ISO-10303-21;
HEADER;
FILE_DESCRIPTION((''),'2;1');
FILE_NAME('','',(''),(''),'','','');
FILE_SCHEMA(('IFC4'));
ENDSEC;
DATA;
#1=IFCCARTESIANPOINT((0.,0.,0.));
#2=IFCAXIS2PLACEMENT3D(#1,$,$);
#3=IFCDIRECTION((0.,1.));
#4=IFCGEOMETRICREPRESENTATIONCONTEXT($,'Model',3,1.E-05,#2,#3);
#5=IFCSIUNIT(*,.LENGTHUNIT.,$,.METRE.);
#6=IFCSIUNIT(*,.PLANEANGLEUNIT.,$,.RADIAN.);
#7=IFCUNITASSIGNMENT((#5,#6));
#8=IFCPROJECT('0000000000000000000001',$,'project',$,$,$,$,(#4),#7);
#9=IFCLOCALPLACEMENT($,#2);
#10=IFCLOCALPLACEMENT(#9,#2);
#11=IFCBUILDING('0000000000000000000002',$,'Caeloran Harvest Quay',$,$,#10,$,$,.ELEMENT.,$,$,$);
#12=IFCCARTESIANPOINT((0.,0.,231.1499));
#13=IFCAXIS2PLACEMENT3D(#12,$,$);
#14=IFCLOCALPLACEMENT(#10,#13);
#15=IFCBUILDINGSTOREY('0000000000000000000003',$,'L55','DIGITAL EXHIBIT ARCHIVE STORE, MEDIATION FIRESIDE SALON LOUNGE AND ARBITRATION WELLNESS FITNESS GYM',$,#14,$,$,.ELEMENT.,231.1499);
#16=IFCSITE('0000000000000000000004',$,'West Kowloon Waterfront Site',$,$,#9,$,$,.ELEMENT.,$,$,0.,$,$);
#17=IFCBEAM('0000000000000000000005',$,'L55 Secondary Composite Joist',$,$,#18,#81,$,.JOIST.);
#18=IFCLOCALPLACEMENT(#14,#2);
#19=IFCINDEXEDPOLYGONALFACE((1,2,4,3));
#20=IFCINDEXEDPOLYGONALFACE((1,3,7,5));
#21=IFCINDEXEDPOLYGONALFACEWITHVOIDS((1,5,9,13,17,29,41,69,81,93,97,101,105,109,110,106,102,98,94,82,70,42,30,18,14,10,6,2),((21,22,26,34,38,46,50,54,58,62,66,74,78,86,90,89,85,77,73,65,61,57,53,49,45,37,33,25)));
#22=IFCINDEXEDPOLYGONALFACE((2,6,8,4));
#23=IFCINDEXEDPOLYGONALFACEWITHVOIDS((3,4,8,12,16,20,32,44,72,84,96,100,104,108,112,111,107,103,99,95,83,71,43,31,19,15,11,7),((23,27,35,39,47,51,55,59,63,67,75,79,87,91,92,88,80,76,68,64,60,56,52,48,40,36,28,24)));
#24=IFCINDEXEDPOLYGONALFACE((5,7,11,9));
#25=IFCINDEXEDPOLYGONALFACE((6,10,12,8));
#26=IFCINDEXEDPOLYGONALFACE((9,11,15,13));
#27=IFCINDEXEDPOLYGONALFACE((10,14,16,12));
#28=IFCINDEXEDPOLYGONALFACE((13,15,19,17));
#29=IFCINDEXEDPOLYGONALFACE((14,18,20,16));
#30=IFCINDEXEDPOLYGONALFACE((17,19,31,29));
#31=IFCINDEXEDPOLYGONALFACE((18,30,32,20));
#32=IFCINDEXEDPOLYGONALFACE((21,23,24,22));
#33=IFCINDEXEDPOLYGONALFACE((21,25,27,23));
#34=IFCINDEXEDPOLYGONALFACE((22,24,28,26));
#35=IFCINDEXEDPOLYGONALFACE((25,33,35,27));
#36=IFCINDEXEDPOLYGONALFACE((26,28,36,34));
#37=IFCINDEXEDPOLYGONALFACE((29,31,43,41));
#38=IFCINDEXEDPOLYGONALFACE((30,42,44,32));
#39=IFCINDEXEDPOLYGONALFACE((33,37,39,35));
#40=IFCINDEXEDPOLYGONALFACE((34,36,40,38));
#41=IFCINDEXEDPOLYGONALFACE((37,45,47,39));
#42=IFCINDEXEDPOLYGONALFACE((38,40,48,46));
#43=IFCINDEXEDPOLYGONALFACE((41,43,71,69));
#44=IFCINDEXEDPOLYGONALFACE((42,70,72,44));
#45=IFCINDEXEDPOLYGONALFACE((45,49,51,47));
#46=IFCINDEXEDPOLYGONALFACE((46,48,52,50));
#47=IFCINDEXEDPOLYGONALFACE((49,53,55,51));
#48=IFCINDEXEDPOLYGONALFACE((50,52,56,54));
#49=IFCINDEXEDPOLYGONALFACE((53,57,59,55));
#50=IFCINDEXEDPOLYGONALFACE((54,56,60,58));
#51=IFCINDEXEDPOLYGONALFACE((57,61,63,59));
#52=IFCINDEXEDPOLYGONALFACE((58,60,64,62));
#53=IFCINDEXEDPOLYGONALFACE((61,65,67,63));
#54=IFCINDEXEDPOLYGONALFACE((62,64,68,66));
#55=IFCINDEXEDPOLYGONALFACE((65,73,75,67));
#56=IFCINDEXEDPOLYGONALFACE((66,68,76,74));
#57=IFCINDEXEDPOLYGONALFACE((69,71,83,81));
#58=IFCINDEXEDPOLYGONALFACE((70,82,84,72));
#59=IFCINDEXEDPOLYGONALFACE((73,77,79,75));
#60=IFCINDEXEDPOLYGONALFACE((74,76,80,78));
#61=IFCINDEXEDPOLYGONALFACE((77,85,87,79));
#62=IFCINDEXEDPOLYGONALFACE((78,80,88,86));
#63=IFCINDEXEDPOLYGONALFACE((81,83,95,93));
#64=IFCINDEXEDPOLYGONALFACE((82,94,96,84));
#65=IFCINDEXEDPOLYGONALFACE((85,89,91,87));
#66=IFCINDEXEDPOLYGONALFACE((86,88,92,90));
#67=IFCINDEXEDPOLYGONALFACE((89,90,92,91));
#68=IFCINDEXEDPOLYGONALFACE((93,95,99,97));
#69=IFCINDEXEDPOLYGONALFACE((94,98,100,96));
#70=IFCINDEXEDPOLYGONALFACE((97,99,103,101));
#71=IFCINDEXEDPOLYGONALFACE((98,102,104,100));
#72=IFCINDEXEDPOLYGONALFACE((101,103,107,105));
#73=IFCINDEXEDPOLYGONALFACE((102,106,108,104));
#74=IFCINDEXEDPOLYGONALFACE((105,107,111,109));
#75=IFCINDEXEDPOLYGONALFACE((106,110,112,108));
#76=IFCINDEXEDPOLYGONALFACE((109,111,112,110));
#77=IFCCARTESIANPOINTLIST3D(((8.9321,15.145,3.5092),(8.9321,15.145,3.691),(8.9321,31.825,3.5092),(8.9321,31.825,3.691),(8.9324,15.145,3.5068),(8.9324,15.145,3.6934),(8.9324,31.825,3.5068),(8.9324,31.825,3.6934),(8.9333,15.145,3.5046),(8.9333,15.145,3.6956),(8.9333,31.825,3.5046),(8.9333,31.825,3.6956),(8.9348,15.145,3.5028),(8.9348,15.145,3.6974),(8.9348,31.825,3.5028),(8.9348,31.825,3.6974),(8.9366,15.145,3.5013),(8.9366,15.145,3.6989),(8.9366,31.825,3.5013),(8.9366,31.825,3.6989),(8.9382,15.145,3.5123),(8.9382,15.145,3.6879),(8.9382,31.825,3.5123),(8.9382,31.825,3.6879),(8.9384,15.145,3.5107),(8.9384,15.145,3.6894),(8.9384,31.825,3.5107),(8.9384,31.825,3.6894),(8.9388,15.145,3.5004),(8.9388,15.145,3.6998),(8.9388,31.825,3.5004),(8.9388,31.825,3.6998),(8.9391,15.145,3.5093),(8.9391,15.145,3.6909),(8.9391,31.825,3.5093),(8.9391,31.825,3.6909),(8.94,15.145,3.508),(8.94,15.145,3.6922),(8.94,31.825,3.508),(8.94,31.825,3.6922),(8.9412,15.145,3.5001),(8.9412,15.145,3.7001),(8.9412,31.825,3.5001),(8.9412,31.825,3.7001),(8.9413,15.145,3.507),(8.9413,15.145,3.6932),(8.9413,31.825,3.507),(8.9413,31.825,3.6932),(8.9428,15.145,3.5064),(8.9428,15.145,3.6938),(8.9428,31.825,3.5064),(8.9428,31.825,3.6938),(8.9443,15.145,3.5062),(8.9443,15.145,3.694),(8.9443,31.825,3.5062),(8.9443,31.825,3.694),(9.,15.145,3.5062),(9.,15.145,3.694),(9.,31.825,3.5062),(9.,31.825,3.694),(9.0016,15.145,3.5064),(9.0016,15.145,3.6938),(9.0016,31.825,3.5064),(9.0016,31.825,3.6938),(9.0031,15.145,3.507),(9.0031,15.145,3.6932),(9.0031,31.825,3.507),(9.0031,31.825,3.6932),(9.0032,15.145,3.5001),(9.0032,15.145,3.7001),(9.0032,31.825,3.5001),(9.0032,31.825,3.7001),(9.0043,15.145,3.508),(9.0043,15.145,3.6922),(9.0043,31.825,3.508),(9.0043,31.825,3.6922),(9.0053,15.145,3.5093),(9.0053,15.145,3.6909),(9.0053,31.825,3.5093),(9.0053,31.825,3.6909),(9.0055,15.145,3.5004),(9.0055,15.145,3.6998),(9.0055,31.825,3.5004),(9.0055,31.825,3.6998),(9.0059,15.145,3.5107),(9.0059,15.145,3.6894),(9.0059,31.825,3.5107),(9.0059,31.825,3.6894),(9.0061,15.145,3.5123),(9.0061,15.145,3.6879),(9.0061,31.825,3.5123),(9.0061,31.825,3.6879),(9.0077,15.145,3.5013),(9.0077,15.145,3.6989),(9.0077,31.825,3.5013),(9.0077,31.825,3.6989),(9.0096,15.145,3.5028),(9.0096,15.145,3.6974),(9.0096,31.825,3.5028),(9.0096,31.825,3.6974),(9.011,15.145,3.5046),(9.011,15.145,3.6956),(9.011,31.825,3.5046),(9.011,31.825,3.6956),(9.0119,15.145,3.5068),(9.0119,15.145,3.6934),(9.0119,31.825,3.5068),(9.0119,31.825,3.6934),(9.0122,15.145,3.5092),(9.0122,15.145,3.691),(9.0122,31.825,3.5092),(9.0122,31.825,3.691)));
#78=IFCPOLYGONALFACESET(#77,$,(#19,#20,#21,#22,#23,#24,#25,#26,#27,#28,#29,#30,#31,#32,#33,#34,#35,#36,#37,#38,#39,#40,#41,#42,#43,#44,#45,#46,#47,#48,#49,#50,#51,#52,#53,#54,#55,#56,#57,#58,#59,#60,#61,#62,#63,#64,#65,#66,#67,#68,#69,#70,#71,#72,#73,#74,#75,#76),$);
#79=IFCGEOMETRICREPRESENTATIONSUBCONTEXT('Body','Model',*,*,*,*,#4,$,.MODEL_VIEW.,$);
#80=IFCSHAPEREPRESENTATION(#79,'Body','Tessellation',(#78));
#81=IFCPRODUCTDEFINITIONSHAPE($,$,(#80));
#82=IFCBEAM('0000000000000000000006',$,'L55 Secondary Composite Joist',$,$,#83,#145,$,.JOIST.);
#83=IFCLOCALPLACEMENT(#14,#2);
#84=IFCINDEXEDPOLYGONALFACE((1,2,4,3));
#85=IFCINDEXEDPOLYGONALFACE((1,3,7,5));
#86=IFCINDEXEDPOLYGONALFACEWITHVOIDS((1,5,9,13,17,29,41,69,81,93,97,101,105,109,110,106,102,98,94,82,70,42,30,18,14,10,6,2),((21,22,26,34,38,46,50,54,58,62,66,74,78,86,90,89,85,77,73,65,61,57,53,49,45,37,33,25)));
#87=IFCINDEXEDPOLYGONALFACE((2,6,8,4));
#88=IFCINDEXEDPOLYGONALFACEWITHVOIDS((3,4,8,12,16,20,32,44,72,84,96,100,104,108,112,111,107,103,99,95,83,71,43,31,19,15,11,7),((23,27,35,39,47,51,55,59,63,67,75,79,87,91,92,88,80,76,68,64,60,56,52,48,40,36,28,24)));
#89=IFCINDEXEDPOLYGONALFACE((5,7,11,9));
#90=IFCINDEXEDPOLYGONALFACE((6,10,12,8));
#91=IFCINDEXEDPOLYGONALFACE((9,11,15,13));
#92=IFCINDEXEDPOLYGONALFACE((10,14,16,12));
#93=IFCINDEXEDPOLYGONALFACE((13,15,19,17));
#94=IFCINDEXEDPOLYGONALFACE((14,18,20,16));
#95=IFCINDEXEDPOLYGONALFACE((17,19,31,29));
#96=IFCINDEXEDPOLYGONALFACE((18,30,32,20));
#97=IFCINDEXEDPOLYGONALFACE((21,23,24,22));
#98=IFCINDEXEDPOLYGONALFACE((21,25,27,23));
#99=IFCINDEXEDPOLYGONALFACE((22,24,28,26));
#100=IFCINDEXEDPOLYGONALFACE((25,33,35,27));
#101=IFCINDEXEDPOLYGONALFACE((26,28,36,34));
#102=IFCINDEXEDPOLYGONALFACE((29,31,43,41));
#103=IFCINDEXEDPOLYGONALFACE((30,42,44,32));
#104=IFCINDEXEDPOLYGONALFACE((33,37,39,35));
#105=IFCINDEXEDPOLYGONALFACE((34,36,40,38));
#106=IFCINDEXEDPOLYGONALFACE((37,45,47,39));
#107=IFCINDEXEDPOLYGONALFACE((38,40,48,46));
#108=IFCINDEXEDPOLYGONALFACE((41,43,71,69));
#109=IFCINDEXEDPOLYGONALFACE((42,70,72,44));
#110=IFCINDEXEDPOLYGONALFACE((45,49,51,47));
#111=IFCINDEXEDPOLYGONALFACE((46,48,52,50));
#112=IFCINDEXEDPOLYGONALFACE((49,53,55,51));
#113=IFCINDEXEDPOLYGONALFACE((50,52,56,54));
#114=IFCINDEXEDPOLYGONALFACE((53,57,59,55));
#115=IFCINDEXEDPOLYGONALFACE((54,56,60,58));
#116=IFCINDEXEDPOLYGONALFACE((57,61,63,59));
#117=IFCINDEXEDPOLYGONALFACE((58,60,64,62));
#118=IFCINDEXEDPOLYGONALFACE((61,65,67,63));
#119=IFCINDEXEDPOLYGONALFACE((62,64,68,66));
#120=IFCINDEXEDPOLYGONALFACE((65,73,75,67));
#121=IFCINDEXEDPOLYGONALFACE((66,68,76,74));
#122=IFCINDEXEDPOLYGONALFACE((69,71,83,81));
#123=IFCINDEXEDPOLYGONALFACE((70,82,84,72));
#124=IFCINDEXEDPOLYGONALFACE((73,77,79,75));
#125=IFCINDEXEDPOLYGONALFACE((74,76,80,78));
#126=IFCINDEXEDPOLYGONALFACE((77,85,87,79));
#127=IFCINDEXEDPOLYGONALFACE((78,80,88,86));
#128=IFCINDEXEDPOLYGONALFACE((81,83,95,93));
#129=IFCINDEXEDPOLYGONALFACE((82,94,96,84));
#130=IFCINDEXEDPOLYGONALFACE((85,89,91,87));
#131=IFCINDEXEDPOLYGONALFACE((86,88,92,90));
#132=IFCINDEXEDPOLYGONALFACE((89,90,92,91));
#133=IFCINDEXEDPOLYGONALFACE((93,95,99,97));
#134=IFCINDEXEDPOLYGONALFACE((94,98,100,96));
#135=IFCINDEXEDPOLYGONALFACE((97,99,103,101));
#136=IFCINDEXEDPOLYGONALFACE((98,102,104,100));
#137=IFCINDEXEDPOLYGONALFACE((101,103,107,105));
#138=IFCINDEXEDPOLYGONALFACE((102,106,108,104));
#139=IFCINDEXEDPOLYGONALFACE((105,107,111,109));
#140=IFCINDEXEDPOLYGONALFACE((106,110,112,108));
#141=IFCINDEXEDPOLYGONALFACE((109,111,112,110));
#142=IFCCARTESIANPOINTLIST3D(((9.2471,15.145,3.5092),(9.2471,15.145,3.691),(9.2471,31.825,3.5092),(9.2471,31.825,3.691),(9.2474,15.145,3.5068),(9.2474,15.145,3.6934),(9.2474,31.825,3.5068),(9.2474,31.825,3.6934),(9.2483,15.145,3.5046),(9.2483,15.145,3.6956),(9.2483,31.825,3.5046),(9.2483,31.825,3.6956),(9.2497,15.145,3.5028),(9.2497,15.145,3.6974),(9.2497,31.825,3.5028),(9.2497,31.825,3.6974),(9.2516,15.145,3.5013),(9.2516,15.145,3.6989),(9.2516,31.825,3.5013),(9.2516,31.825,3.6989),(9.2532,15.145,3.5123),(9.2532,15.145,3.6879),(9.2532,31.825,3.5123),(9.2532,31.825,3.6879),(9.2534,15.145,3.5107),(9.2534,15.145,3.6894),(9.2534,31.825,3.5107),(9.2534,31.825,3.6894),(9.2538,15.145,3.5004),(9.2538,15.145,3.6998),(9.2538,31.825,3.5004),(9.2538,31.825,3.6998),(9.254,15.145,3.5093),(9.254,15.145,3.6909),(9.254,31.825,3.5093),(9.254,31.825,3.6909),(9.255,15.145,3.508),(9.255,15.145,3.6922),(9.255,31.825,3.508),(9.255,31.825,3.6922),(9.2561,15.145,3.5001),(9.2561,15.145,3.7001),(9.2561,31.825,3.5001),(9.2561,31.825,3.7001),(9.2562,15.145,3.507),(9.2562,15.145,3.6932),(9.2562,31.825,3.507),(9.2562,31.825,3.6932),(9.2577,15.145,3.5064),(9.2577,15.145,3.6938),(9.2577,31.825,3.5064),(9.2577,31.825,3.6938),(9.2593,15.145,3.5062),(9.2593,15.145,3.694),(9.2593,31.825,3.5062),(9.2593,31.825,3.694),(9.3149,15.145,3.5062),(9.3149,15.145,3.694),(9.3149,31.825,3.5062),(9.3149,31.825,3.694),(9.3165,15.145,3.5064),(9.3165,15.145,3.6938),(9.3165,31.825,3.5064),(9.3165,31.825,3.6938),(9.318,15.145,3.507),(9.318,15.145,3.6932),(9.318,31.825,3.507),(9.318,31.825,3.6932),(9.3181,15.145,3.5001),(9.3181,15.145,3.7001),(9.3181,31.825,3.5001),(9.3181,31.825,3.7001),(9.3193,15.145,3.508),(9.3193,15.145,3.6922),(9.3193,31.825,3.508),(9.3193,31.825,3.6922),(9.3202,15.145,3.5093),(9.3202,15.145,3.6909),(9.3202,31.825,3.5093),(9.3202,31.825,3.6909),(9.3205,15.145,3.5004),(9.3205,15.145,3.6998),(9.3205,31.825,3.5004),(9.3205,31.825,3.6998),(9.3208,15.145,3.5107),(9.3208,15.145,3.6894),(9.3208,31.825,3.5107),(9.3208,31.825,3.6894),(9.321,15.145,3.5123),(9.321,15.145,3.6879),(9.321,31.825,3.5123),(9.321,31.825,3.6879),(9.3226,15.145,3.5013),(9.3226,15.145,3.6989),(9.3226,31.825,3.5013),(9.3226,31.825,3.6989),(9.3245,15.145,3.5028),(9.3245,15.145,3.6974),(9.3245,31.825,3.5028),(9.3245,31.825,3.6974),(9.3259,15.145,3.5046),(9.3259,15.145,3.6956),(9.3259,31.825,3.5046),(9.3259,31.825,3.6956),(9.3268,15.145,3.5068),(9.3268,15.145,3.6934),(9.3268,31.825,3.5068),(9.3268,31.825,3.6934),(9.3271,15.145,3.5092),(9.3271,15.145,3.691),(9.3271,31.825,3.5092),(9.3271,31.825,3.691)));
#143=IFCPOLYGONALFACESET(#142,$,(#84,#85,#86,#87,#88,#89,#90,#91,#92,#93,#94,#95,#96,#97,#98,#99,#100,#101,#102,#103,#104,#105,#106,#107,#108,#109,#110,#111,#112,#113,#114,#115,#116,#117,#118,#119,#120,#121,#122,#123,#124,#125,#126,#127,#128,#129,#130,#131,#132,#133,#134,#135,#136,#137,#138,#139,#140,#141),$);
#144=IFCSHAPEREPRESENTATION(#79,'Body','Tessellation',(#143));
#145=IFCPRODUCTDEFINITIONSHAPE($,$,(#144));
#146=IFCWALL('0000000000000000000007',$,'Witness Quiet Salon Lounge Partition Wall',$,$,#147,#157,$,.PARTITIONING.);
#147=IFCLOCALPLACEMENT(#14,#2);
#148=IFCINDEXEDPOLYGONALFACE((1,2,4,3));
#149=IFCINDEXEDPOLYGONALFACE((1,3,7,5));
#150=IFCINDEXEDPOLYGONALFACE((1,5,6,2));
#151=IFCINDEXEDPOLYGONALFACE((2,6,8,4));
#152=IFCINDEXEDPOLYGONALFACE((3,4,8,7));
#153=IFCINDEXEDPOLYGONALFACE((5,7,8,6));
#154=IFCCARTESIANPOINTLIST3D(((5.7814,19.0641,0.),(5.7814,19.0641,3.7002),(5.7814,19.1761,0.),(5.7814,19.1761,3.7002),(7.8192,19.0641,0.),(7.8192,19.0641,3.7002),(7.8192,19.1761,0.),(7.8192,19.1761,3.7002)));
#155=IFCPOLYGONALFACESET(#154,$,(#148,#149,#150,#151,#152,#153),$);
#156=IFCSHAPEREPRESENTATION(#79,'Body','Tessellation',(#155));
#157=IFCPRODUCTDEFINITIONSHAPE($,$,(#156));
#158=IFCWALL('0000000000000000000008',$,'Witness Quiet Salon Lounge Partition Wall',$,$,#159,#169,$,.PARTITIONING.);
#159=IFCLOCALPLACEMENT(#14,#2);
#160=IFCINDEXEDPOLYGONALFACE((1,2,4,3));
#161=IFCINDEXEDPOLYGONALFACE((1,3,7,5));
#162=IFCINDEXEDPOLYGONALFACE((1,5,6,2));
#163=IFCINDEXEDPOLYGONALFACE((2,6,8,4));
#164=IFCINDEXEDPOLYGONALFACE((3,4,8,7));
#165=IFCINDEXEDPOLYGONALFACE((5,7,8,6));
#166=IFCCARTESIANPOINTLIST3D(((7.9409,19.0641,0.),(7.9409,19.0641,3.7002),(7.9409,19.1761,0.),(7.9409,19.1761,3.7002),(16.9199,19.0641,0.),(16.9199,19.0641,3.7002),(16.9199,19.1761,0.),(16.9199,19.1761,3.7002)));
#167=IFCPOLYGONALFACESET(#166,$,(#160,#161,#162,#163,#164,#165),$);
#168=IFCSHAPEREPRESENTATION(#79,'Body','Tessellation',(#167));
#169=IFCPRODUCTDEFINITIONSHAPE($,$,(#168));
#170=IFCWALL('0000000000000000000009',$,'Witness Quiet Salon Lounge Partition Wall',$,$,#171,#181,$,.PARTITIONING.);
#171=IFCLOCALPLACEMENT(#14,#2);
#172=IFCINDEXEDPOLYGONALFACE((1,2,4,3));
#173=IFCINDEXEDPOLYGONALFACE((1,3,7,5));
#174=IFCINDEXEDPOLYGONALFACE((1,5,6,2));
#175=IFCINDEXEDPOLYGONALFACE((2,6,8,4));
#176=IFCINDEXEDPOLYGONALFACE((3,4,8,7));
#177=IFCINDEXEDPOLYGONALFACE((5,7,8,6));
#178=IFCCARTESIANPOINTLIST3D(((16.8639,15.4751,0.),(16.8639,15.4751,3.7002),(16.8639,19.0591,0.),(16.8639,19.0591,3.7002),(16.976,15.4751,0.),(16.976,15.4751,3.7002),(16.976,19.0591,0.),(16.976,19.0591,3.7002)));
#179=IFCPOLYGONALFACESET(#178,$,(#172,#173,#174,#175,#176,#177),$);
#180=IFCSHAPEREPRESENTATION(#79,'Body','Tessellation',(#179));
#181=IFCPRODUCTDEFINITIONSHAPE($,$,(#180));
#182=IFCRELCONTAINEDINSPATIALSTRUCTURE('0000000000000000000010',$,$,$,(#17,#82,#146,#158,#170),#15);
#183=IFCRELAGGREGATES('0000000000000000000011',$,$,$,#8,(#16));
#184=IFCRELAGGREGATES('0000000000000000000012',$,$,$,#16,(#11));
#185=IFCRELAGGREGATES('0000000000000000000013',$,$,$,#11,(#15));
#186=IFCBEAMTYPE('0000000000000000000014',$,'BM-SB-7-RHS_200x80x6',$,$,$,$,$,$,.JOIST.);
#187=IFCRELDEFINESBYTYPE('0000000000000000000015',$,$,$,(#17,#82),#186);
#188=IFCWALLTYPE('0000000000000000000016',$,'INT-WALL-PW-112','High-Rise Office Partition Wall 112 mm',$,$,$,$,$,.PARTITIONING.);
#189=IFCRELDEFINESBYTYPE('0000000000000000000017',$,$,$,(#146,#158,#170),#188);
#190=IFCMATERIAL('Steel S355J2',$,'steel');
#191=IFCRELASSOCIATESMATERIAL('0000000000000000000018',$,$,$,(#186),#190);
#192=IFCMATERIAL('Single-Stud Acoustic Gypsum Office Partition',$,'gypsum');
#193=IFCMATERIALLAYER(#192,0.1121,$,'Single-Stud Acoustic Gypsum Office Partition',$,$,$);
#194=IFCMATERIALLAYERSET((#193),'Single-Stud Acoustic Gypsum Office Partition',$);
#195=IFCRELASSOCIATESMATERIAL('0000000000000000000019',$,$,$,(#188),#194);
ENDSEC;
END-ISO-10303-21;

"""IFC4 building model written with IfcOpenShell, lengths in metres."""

from ifc_helpers import new_model, si_unit, direction, frame, frame_2d, origin, origin_2d, place, context, subcontext, project, spatial, rectangle, hollow_rectangle, extrude, material, layer, layer_set, material_profile, profile_set, type_object, element, save


model = new_model("IFC4")

# Units and contexts
model_context = context("Model", 3, precision=1e-05, world=origin(), true_north=direction((0.0, 1.0)))
body_context = subcontext(model_context, "Body", "Model", "MODEL_VIEW")
ifc_project = project(units=[si_unit("LENGTHUNIT", "METRE"), si_unit("PLANEANGLEUNIT", "RADIAN")], contexts=[model_context])

# Site, building, storey
site_placement = place(None, origin())
site = spatial("IfcSite", under=ifc_project, at=site_placement, Name="West Kowloon Waterfront Site", CompositionType="ELEMENT", RefElevation=0.0)
building_placement = place(site_placement, origin())
building = spatial("IfcBuilding", under=site, at=building_placement, Name="Caeloran Harvest Quay", CompositionType="ELEMENT")
storey_placement = place(building_placement, frame((0.0, 0.0, 231.1499)))
storey = spatial("IfcBuildingStorey", under=building, at=storey_placement, Name="L55", Description="DIGITAL EXHIBIT ARCHIVE STORE, MEDIATION FIRESIDE SALON LOUNGE AND ARBITRATION WELLNESS FITNESS GYM", CompositionType="ELEMENT", Elevation=231.1499)

# Beams
ifc_material_1 = material(Name="Steel S355J2", Category="steel")
ifc_material_profile_1 = material_profile(ifc_material_1, hollow_rectangle(XDim=0.0801, YDim=0.2, WallThickness=0.0061, InnerFilletRadius=0.0061, OuterFilletRadius=0.009, at=origin_2d()), Name="RHS 200x80x6")
ifc_profile_set_1 = profile_set([ifc_material_profile_1], Name="Steel S355J2")
beam_type_1 = type_object("IfcBeamType", Name="BM-SB-7-RHS_200x80x6", PredefinedType="JOIST", material=ifc_profile_set_1)
for number, where, z_axis, x_axis, name in (
    (1, (8.9722, 15.145, 3.6001), (0.0, 1.0, 0.0), (-1.0, 0.0, 0.0), "L55 Secondary Composite Joist"),
    (2, (9.2871, 15.145, 3.6001), (0.0, 1.0, 0.0), (-1.0, 0.0, 0.0), "L55 Secondary Composite Joist"),
):
    element("IfcBeam", number, at=place(storey_placement, frame(where, z_axis=z_axis, x_axis=x_axis)), inside=storey, type_object=beam_type_1, Name=name, PredefinedType="JOIST", context=body_context, shape_type="SweptSolid", body=[
        extrude(hollow_rectangle(XDim=0.0801, YDim=0.2, WallThickness=0.0061, InnerFilletRadius=0.0061, OuterFilletRadius=0.009, at=origin_2d()), origin(), (0.0, 0.0, 1.0), 16.6799),
    ])

# Walls
ifc_material_2 = material(Name="Single-Stud Acoustic Gypsum Office Partition", Category="gypsum")
ifc_layer_1 = layer(ifc_material_2, 0.1121, Name="Single-Stud Acoustic Gypsum Office Partition")
ifc_layer_set_1 = layer_set([ifc_layer_1], Name="Single-Stud Acoustic Gypsum Office Partition")
wall_type_1 = type_object("IfcWallType", Name="INT-WALL-PW-112", Description="High-Rise Office Partition Wall 112 mm", PredefinedType="PARTITIONING", material=ifc_layer_set_1)
wall_1_placement = place(storey_placement, frame((5.7812, 19.1201, 0.0), z_axis=(0.0, 0.0, 1.0), x_axis=(1.0, 0.0, 0.0)))
element("IfcWall", 3, at=wall_1_placement, inside=storey, type_object=wall_type_1, Name="Witness Quiet Salon Lounge Partition Wall", PredefinedType="PARTITIONING", context=body_context, shape_type="SweptSolid", body=[
    extrude(rectangle(XDim=2.0378, YDim=0.1121, at=frame_2d((1.019, 0.0))), origin(), (0.0, 0.0, 1.0), 3.7002),
])
wall_2_placement = place(storey_placement, frame((7.9409, 19.1201, 0.0), z_axis=(0.0, 0.0, 1.0), x_axis=(1.0, 0.0, 0.0)))
element("IfcWall", 4, at=wall_2_placement, inside=storey, type_object=wall_type_1, Name="Witness Quiet Salon Lounge Partition Wall", PredefinedType="PARTITIONING", context=body_context, shape_type="SweptSolid", body=[
    extrude(rectangle(XDim=8.979, YDim=0.1121, at=frame_2d((4.4895, 0.0))), origin(), (0.0, 0.0, 1.0), 3.7002),
])
wall_3_placement = place(storey_placement, frame((16.9199, 19.0591, 0.0), z_axis=(0.0, 0.0, 1.0), x_axis=(0.0, -1.0, 0.0)))
element("IfcWall", 5, at=wall_3_placement, inside=storey, type_object=wall_type_1, Name="Witness Quiet Salon Lounge Partition Wall", PredefinedType="PARTITIONING", context=body_context, shape_type="SweptSolid", body=[
    extrude(rectangle(XDim=3.584, YDim=0.1121, at=frame_2d((1.792, 0.0))), origin(), (0.0, 0.0, 1.0), 3.7002),
])

save(model, "model.ifc")
